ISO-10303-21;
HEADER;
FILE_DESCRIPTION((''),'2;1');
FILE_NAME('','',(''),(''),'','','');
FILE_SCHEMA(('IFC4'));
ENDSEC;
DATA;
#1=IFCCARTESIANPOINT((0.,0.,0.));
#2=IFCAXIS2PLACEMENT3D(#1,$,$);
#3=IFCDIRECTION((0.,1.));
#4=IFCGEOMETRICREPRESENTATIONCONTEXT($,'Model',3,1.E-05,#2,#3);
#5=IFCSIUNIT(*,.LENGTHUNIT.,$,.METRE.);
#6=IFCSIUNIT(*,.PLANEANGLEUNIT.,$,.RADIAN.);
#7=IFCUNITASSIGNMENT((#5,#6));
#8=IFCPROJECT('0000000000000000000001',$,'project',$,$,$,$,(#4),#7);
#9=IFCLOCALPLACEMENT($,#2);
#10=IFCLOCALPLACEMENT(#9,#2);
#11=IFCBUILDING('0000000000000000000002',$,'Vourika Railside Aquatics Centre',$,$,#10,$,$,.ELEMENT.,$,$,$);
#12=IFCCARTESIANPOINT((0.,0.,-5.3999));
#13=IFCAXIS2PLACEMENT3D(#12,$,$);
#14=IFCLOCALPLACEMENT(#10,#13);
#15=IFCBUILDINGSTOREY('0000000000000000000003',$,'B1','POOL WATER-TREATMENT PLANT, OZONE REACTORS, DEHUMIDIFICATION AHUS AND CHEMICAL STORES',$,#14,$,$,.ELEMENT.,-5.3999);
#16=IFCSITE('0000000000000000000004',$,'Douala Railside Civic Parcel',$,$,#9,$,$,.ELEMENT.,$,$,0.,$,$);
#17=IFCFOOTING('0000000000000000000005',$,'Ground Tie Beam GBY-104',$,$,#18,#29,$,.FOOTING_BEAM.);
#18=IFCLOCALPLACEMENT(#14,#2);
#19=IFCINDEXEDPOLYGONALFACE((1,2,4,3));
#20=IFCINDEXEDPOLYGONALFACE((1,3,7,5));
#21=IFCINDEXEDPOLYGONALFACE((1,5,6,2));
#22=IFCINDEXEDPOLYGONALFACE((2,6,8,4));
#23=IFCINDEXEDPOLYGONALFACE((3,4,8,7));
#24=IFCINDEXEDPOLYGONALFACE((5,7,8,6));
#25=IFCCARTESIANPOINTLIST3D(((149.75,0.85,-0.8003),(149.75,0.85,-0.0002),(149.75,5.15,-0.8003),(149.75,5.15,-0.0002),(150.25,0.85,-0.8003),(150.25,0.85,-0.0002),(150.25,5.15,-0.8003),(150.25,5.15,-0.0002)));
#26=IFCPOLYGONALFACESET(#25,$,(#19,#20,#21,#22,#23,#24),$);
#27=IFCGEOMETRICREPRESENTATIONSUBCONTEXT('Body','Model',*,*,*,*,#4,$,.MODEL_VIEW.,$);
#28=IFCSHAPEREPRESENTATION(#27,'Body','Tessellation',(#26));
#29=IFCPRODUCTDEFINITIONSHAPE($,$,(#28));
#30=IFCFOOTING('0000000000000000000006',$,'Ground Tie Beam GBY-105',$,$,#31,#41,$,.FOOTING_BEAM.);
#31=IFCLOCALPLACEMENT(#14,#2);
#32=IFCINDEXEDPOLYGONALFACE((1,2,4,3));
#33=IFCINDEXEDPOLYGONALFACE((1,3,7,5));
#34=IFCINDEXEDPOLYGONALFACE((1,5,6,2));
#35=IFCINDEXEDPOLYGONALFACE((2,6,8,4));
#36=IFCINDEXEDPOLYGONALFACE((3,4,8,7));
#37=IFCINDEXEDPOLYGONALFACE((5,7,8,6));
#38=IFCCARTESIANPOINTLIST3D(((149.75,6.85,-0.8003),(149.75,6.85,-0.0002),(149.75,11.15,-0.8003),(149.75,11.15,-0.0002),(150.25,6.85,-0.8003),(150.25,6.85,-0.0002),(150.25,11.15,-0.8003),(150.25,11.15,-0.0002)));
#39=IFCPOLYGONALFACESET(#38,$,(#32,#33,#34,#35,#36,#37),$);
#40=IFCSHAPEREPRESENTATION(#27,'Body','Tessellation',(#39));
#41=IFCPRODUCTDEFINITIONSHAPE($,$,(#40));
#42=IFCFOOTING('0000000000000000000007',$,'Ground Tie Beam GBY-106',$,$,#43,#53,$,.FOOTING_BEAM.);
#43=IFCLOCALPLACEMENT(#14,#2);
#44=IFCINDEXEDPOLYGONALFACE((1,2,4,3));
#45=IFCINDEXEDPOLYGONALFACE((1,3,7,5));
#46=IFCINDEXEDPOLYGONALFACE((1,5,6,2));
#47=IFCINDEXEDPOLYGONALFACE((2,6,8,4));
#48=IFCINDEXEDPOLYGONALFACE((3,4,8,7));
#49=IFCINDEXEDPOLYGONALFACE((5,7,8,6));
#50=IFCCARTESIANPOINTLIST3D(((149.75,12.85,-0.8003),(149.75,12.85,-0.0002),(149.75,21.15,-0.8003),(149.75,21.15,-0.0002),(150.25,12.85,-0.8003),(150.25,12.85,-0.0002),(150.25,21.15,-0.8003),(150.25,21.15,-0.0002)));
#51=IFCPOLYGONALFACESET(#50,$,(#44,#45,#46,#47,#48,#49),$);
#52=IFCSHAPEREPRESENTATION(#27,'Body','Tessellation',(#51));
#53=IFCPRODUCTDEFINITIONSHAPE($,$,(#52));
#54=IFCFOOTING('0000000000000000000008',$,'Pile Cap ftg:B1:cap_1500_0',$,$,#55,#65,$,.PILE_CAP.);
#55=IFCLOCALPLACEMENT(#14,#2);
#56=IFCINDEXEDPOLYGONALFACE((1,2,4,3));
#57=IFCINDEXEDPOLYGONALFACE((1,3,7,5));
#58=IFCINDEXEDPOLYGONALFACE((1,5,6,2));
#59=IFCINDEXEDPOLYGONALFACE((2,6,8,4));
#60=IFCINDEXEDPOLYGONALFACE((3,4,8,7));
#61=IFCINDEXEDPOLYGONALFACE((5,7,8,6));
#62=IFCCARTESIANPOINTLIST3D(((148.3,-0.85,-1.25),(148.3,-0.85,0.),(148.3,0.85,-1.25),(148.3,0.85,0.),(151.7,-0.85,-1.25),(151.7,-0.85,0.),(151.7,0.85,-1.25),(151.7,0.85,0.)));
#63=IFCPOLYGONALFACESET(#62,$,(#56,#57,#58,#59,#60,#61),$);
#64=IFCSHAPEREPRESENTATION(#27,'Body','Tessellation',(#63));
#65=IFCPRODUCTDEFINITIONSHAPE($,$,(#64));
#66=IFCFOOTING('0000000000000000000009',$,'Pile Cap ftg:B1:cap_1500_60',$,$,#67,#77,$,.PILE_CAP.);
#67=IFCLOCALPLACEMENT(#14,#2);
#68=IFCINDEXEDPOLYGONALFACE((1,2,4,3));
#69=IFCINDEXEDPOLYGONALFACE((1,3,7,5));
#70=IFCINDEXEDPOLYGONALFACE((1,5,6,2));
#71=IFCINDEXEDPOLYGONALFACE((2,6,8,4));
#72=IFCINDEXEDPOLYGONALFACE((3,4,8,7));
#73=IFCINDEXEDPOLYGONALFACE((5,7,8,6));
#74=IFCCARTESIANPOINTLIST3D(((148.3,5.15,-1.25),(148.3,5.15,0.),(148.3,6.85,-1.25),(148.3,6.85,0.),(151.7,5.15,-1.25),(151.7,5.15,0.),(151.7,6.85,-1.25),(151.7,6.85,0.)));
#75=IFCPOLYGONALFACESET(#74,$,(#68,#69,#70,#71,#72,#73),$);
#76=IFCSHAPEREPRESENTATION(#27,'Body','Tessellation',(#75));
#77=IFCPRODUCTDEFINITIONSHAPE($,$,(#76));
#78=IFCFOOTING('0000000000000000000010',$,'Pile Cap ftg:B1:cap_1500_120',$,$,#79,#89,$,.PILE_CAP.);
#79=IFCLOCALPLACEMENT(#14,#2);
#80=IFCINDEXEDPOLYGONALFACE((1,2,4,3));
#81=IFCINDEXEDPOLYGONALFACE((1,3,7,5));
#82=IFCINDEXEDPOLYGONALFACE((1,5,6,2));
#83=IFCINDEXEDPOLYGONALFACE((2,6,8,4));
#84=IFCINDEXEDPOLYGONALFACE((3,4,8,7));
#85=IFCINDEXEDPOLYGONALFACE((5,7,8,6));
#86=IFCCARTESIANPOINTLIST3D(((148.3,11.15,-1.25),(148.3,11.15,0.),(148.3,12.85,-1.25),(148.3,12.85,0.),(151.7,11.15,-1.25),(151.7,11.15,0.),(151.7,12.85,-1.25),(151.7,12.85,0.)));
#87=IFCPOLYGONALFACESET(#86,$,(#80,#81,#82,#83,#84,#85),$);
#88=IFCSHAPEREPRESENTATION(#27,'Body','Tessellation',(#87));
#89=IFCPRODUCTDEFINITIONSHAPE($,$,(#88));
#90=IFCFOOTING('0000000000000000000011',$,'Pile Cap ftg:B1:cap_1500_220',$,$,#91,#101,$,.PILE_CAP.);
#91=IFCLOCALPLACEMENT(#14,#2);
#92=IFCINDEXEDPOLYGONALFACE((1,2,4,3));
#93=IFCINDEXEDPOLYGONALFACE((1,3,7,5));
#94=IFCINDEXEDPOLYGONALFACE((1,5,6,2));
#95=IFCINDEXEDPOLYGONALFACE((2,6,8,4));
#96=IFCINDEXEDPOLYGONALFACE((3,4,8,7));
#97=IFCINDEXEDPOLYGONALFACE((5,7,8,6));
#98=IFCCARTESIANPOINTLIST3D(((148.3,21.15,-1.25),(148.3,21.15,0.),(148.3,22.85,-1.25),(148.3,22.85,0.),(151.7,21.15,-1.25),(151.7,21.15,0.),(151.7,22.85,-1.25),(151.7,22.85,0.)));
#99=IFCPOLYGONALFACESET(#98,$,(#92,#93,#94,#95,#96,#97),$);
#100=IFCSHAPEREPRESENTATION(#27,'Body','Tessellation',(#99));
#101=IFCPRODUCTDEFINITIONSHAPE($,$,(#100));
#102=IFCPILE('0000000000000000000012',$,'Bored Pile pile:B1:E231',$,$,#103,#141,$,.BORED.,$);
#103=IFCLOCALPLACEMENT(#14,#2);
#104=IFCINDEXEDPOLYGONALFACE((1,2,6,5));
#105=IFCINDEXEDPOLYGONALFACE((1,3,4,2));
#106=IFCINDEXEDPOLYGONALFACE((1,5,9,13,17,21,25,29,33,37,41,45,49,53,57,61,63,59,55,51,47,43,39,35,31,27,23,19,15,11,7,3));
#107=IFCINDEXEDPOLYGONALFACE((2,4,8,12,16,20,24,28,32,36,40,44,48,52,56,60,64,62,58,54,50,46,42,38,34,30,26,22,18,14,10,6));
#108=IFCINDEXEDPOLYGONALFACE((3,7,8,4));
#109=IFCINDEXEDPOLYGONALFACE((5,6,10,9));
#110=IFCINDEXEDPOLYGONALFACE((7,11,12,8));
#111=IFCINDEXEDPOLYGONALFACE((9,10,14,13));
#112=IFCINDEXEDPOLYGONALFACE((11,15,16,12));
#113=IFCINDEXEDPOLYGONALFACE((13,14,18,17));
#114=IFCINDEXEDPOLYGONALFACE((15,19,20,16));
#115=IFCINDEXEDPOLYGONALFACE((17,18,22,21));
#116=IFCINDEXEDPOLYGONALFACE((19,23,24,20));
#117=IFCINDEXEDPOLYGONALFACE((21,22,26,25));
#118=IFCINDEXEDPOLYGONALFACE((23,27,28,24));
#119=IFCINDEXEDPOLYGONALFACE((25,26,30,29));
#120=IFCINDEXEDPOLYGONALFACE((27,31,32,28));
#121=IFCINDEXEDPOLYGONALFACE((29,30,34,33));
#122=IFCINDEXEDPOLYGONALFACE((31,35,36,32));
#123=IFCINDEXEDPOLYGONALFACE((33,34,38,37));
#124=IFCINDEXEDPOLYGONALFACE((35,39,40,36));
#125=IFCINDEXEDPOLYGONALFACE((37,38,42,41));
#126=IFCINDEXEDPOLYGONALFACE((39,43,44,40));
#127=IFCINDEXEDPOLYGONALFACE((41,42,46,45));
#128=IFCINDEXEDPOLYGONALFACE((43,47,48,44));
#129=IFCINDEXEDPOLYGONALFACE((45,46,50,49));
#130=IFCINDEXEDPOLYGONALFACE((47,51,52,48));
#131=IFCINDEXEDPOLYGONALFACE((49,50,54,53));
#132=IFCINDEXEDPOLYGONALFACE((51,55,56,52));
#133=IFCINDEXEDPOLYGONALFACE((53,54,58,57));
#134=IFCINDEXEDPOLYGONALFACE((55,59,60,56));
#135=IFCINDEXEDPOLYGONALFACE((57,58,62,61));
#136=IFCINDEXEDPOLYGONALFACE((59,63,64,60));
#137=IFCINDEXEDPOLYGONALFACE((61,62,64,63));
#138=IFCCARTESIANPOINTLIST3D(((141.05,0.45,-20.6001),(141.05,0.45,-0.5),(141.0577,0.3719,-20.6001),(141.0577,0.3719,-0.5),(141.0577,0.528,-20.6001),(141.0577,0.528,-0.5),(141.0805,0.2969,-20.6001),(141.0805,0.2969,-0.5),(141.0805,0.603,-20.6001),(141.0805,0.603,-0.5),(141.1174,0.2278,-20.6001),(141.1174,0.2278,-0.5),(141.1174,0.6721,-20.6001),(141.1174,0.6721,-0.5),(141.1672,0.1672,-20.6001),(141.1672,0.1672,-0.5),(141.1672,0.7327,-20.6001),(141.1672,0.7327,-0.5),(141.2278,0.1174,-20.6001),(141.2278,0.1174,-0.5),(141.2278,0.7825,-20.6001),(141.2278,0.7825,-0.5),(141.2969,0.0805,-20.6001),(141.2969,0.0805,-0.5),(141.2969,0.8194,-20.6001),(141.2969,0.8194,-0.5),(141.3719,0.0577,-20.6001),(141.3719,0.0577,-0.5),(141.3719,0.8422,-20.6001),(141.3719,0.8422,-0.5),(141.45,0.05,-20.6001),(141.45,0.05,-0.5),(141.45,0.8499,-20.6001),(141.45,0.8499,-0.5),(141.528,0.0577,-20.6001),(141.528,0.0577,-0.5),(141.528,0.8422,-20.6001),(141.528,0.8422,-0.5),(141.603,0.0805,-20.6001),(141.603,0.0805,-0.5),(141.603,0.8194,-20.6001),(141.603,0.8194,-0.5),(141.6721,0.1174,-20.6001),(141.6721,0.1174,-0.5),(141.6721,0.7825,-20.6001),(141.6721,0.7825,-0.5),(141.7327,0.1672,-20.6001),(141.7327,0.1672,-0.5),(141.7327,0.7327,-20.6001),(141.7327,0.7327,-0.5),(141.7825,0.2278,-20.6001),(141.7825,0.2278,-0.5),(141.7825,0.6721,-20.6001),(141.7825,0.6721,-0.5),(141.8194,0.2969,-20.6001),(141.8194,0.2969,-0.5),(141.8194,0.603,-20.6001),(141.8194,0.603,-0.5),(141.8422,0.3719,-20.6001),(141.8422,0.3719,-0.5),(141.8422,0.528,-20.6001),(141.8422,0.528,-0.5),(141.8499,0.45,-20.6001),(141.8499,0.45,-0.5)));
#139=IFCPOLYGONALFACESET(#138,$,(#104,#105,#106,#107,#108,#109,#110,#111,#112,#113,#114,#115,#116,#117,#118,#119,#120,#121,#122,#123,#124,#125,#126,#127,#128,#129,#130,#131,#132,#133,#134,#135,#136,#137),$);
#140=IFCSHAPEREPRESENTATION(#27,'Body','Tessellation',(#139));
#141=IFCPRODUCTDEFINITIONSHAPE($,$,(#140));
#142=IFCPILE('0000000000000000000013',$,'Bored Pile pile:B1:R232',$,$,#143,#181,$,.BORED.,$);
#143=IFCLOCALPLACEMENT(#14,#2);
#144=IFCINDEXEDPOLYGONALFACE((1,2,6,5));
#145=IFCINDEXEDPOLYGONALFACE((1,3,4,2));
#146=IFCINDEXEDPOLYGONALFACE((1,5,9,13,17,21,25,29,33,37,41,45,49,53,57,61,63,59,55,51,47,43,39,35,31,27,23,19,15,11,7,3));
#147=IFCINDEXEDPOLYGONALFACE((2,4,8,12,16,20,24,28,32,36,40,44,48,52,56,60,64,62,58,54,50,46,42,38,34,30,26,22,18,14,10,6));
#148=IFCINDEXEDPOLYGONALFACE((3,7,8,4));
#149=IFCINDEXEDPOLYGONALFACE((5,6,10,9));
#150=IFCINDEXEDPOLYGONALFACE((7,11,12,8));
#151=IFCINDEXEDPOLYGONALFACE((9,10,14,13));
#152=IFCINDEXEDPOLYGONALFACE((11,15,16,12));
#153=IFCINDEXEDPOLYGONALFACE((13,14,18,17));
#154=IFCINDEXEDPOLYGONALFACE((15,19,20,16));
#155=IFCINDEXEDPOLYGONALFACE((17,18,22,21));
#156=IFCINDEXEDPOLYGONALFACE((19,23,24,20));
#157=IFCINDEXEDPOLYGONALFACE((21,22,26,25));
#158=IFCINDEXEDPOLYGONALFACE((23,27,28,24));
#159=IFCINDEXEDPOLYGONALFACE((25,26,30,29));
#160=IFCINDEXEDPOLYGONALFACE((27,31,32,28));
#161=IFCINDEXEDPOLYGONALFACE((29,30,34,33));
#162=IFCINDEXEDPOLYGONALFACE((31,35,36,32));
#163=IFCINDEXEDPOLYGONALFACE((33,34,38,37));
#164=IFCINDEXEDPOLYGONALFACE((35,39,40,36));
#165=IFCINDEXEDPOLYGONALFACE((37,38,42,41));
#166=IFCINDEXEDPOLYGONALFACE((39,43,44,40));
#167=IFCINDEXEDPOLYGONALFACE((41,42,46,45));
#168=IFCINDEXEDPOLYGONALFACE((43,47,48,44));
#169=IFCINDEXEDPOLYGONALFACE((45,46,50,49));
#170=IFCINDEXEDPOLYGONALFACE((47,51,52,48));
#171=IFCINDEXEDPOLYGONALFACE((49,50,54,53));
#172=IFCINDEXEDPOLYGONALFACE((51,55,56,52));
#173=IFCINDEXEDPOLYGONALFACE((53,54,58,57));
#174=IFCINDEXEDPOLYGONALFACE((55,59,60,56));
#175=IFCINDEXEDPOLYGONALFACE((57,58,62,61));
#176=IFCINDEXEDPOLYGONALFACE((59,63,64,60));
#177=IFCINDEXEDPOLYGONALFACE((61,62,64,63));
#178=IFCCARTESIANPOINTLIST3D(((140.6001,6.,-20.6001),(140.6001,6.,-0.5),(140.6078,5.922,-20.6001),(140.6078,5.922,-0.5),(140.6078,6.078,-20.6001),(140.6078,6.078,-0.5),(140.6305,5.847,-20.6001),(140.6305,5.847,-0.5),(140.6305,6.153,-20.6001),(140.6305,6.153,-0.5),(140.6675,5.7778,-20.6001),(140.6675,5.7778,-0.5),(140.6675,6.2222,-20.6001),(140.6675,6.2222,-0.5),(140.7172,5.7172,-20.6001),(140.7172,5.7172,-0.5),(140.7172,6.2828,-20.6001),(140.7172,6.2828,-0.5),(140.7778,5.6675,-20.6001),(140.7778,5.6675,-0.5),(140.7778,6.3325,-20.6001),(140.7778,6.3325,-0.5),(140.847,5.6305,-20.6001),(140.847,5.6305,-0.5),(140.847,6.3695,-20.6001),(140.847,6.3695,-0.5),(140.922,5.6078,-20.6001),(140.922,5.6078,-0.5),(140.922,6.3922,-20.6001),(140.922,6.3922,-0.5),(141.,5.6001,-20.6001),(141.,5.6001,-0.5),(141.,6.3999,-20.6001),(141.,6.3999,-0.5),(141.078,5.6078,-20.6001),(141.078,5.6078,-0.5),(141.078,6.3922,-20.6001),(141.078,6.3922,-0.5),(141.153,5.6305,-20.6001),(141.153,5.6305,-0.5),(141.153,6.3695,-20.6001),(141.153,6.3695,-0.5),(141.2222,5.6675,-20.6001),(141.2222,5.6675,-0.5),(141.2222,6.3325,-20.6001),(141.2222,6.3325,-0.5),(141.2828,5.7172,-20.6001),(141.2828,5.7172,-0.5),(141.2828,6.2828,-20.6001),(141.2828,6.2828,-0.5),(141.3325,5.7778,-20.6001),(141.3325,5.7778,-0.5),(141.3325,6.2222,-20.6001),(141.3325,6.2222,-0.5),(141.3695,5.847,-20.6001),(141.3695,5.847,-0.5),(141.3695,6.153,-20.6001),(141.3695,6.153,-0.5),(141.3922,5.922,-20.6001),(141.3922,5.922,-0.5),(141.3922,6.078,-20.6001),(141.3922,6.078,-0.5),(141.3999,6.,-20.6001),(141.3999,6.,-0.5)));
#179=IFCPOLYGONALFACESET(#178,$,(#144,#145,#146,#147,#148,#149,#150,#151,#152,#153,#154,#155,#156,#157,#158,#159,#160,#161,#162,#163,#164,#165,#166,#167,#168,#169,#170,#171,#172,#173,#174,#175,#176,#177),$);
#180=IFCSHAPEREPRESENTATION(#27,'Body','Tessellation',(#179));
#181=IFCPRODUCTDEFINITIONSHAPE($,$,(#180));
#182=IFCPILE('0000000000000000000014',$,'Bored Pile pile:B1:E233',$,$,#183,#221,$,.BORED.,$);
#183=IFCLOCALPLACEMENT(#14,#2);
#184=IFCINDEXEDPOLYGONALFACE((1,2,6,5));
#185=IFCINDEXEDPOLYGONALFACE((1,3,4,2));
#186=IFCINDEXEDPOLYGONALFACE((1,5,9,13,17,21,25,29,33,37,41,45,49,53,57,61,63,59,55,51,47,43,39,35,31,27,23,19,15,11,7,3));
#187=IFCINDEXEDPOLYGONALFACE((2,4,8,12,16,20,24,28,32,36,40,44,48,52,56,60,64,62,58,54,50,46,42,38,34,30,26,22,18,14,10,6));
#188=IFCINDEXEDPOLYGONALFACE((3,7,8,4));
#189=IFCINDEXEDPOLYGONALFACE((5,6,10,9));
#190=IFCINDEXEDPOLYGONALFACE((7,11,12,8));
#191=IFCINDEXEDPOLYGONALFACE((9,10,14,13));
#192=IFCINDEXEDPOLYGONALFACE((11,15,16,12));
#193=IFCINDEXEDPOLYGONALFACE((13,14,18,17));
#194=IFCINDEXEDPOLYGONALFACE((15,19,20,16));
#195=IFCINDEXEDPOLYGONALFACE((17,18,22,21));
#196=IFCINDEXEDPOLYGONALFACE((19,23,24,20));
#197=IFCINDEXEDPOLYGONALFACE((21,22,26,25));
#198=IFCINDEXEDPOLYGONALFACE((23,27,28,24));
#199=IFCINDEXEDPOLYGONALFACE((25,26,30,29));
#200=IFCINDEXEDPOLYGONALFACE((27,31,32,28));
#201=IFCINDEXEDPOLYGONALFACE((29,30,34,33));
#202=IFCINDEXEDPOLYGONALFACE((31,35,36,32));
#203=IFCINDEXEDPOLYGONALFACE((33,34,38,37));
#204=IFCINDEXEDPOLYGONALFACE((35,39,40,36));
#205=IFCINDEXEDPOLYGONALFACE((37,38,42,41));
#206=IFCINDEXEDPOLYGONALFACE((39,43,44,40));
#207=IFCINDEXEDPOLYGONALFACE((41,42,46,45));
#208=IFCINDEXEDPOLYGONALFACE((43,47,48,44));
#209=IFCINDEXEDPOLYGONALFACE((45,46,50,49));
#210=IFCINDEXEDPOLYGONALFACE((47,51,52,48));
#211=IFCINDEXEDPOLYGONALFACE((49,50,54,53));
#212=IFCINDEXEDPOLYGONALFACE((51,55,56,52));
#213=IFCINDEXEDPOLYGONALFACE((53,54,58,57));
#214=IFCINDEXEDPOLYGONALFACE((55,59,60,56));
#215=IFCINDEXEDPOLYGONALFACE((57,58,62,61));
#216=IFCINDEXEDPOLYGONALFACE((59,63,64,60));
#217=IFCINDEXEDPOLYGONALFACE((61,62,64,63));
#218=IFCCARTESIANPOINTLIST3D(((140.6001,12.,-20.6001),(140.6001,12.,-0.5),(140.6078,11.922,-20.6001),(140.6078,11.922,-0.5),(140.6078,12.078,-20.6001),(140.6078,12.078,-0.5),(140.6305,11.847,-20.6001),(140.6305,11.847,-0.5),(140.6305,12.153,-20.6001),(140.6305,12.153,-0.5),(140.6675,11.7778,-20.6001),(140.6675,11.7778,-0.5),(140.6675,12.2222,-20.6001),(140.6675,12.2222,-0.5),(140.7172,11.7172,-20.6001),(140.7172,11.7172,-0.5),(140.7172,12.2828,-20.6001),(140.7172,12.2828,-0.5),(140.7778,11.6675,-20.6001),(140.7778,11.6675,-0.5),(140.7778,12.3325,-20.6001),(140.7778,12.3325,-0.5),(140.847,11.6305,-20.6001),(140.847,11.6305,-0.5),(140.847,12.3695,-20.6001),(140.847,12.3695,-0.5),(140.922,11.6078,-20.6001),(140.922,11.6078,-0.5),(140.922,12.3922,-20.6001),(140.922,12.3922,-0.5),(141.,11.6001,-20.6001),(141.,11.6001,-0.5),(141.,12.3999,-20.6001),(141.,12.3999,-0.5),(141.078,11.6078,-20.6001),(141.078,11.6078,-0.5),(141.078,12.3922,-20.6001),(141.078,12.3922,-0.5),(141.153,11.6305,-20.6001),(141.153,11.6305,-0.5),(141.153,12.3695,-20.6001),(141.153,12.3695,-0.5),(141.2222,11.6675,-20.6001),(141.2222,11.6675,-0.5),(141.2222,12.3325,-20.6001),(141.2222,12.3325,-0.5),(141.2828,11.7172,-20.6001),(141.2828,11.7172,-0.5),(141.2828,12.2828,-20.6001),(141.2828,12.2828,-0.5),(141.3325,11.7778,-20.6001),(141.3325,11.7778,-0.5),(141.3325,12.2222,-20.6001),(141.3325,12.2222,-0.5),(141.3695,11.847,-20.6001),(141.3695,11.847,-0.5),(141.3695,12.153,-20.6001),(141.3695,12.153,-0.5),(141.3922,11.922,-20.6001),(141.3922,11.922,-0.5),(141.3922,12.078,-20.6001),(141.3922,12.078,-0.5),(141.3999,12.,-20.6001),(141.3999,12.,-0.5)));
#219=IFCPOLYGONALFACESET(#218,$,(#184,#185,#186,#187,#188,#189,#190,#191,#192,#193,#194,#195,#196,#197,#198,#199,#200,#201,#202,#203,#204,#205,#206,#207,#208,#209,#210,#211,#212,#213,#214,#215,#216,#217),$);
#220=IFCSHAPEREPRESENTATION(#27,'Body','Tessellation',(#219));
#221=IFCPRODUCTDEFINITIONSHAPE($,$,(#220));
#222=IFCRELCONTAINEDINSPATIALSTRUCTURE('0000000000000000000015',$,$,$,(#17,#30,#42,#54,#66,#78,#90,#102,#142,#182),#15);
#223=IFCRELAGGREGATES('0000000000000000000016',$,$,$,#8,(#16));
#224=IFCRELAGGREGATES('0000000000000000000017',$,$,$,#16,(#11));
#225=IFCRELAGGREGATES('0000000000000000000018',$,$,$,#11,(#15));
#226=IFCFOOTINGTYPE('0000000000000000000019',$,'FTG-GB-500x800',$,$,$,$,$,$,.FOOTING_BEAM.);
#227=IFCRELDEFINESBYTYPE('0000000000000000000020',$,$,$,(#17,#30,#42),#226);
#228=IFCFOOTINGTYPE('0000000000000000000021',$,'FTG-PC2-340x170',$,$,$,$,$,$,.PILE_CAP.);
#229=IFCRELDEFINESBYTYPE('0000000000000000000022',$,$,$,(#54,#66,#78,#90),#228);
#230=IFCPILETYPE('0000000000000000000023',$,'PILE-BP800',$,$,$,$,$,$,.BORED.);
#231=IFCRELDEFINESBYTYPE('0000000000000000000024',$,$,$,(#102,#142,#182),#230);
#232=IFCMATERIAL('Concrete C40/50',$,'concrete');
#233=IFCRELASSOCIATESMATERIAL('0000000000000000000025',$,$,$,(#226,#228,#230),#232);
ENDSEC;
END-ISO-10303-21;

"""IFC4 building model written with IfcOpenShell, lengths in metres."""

from ifc_helpers import new_model, si_unit, direction, frame, origin, origin_2d, place, context, subcontext, project, spatial, rectangle, circle, extrude, material, material_profile, profile_set, type_object, element, save


model = new_model("IFC4")

# Units and contexts
model_context = context("Model", 3, precision=1e-05, world=origin(), true_north=direction((0.0, 1.0)))
body_context = subcontext(model_context, "Body", "Model", "MODEL_VIEW")
ifc_project = project(units=[si_unit("LENGTHUNIT", "METRE"), si_unit("PLANEANGLEUNIT", "RADIAN")], contexts=[model_context])

# Site, building, storey
site_placement = place(None, origin())
site = spatial("IfcSite", under=ifc_project, at=site_placement, Name="Douala Railside Civic Parcel", CompositionType="ELEMENT", RefElevation=0.0)
building_placement = place(site_placement, origin())
building = spatial("IfcBuilding", under=site, at=building_placement, Name="Vourika Railside Aquatics Centre", CompositionType="ELEMENT")
storey_placement = place(building_placement, frame((0.0, 0.0, -5.3999)))
storey = spatial("IfcBuildingStorey", under=building, at=storey_placement, Name="B1", Description="POOL WATER-TREATMENT PLANT, OZONE REACTORS, DEHUMIDIFICATION AHUS AND CHEMICAL STORES", CompositionType="ELEMENT", Elevation=-5.3999)

# Footings
ifc_material_1 = material(Name="Concrete C40/50", Category="concrete")
footing_type_1 = type_object("IfcFootingType", Name="FTG-GB-500x800", PredefinedType="FOOTING_BEAM", material=ifc_material_1)
for number, where, z_axis, x_axis, name in (
    (1, (150.0, 3.0, -0.8003), (0.0, 0.0, 1.0), (0.0, 1.0, 0.0), "Ground Tie Beam GBY-104"),
    (2, (150.0, 9.0, -0.8003), (0.0, 0.0, 1.0), (0.0, 1.0, 0.0), "Ground Tie Beam GBY-105"),
):
    element("IfcFooting", number, at=place(storey_placement, frame(where, z_axis=z_axis, x_axis=x_axis)), inside=storey, type_object=footing_type_1, Name=name, PredefinedType="FOOTING_BEAM", context=body_context, shape_type="SweptSolid", body=[
        extrude(rectangle(XDim=4.3, YDim=0.5, at=origin_2d()), origin(), (0.0, 0.0, 1.0), 0.8),
    ])
footing_placement = place(storey_placement, frame((150.0, 17.0, -0.8003), z_axis=(0.0, 0.0, 1.0), x_axis=(0.0, 1.0, 0.0)))
element("IfcFooting", 3, at=footing_placement, inside=storey, type_object=footing_type_1, Name="Ground Tie Beam GBY-106", PredefinedType="FOOTING_BEAM", context=body_context, shape_type="SweptSolid", body=[
    extrude(rectangle(XDim=8.3, YDim=0.5, at=origin_2d()), origin(), (0.0, 0.0, 1.0), 0.8),
])
footing_type_2 = type_object("IfcFootingType", Name="FTG-PC2-340x170", PredefinedType="PILE_CAP", material=ifc_material_1)
for number, where, z_axis, x_axis, name in (
    (4, (150.0, 0.0, -1.25), (0.0, 0.0, 1.0), (1.0, 0.0, 0.0), "Pile Cap ftg:B1:cap_1500_0"),
    (5, (150.0, 6.0, -1.25), (0.0, 0.0, 1.0), (1.0, 0.0, 0.0), "Pile Cap ftg:B1:cap_1500_60"),
    (6, (150.0, 12.0, -1.25), (0.0, 0.0, 1.0), (1.0, 0.0, 0.0), "Pile Cap ftg:B1:cap_1500_120"),
    (7, (150.0, 22.0, -1.25), (0.0, 0.0, 1.0), (1.0, 0.0, 0.0), "Pile Cap ftg:B1:cap_1500_220"),
):
    element("IfcFooting", number, at=place(storey_placement, frame(where, z_axis=z_axis, x_axis=x_axis)), inside=storey, type_object=footing_type_2, Name=name, PredefinedType="PILE_CAP", context=body_context, shape_type="SweptSolid", body=[
        extrude(rectangle(XDim=3.3999, YDim=1.7, at=origin_2d()), origin(), (0.0, 0.0, 1.0), 1.25),
    ])

# Piles
ifc_material_profile_1 = material_profile(ifc_material_1, circle(Radius=0.3999, at=origin_2d()), Name="BP 800")
ifc_profile_set_1 = profile_set([ifc_material_profile_1], Name="Concrete C40/50")
pile_type = type_object("IfcPileType", Name="PILE-BP800", PredefinedType="BORED", material=ifc_profile_set_1)
for number, where, z_axis, x_axis, name in (
    (8, (141.45, 0.45, -0.5), (0.0, 0.0, -1.0), (1.0, 0.0, 0.0), "Bored Pile pile:B1:E231"),
    (9, (141.0, 6.0, -0.5), (0.0, 0.0, -1.0), (1.0, 0.0, 0.0), "Bored Pile pile:B1:R232"),
    (10, (141.0, 12.0, -0.5), (0.0, 0.0, -1.0), (1.0, 0.0, 0.0), "Bored Pile pile:B1:E233"),
):
    element("IfcPile", number, at=place(storey_placement, frame(where, z_axis=z_axis, x_axis=x_axis)), inside=storey, type_object=pile_type, Name=name, PredefinedType="BORED", context=body_context, shape_type="SweptSolid", body=[
        extrude(circle(Radius=0.3999, at=origin_2d()), origin(), (0.0, 0.0, 1.0), 20.1001),
    ])

save(model, "model.ifc")
